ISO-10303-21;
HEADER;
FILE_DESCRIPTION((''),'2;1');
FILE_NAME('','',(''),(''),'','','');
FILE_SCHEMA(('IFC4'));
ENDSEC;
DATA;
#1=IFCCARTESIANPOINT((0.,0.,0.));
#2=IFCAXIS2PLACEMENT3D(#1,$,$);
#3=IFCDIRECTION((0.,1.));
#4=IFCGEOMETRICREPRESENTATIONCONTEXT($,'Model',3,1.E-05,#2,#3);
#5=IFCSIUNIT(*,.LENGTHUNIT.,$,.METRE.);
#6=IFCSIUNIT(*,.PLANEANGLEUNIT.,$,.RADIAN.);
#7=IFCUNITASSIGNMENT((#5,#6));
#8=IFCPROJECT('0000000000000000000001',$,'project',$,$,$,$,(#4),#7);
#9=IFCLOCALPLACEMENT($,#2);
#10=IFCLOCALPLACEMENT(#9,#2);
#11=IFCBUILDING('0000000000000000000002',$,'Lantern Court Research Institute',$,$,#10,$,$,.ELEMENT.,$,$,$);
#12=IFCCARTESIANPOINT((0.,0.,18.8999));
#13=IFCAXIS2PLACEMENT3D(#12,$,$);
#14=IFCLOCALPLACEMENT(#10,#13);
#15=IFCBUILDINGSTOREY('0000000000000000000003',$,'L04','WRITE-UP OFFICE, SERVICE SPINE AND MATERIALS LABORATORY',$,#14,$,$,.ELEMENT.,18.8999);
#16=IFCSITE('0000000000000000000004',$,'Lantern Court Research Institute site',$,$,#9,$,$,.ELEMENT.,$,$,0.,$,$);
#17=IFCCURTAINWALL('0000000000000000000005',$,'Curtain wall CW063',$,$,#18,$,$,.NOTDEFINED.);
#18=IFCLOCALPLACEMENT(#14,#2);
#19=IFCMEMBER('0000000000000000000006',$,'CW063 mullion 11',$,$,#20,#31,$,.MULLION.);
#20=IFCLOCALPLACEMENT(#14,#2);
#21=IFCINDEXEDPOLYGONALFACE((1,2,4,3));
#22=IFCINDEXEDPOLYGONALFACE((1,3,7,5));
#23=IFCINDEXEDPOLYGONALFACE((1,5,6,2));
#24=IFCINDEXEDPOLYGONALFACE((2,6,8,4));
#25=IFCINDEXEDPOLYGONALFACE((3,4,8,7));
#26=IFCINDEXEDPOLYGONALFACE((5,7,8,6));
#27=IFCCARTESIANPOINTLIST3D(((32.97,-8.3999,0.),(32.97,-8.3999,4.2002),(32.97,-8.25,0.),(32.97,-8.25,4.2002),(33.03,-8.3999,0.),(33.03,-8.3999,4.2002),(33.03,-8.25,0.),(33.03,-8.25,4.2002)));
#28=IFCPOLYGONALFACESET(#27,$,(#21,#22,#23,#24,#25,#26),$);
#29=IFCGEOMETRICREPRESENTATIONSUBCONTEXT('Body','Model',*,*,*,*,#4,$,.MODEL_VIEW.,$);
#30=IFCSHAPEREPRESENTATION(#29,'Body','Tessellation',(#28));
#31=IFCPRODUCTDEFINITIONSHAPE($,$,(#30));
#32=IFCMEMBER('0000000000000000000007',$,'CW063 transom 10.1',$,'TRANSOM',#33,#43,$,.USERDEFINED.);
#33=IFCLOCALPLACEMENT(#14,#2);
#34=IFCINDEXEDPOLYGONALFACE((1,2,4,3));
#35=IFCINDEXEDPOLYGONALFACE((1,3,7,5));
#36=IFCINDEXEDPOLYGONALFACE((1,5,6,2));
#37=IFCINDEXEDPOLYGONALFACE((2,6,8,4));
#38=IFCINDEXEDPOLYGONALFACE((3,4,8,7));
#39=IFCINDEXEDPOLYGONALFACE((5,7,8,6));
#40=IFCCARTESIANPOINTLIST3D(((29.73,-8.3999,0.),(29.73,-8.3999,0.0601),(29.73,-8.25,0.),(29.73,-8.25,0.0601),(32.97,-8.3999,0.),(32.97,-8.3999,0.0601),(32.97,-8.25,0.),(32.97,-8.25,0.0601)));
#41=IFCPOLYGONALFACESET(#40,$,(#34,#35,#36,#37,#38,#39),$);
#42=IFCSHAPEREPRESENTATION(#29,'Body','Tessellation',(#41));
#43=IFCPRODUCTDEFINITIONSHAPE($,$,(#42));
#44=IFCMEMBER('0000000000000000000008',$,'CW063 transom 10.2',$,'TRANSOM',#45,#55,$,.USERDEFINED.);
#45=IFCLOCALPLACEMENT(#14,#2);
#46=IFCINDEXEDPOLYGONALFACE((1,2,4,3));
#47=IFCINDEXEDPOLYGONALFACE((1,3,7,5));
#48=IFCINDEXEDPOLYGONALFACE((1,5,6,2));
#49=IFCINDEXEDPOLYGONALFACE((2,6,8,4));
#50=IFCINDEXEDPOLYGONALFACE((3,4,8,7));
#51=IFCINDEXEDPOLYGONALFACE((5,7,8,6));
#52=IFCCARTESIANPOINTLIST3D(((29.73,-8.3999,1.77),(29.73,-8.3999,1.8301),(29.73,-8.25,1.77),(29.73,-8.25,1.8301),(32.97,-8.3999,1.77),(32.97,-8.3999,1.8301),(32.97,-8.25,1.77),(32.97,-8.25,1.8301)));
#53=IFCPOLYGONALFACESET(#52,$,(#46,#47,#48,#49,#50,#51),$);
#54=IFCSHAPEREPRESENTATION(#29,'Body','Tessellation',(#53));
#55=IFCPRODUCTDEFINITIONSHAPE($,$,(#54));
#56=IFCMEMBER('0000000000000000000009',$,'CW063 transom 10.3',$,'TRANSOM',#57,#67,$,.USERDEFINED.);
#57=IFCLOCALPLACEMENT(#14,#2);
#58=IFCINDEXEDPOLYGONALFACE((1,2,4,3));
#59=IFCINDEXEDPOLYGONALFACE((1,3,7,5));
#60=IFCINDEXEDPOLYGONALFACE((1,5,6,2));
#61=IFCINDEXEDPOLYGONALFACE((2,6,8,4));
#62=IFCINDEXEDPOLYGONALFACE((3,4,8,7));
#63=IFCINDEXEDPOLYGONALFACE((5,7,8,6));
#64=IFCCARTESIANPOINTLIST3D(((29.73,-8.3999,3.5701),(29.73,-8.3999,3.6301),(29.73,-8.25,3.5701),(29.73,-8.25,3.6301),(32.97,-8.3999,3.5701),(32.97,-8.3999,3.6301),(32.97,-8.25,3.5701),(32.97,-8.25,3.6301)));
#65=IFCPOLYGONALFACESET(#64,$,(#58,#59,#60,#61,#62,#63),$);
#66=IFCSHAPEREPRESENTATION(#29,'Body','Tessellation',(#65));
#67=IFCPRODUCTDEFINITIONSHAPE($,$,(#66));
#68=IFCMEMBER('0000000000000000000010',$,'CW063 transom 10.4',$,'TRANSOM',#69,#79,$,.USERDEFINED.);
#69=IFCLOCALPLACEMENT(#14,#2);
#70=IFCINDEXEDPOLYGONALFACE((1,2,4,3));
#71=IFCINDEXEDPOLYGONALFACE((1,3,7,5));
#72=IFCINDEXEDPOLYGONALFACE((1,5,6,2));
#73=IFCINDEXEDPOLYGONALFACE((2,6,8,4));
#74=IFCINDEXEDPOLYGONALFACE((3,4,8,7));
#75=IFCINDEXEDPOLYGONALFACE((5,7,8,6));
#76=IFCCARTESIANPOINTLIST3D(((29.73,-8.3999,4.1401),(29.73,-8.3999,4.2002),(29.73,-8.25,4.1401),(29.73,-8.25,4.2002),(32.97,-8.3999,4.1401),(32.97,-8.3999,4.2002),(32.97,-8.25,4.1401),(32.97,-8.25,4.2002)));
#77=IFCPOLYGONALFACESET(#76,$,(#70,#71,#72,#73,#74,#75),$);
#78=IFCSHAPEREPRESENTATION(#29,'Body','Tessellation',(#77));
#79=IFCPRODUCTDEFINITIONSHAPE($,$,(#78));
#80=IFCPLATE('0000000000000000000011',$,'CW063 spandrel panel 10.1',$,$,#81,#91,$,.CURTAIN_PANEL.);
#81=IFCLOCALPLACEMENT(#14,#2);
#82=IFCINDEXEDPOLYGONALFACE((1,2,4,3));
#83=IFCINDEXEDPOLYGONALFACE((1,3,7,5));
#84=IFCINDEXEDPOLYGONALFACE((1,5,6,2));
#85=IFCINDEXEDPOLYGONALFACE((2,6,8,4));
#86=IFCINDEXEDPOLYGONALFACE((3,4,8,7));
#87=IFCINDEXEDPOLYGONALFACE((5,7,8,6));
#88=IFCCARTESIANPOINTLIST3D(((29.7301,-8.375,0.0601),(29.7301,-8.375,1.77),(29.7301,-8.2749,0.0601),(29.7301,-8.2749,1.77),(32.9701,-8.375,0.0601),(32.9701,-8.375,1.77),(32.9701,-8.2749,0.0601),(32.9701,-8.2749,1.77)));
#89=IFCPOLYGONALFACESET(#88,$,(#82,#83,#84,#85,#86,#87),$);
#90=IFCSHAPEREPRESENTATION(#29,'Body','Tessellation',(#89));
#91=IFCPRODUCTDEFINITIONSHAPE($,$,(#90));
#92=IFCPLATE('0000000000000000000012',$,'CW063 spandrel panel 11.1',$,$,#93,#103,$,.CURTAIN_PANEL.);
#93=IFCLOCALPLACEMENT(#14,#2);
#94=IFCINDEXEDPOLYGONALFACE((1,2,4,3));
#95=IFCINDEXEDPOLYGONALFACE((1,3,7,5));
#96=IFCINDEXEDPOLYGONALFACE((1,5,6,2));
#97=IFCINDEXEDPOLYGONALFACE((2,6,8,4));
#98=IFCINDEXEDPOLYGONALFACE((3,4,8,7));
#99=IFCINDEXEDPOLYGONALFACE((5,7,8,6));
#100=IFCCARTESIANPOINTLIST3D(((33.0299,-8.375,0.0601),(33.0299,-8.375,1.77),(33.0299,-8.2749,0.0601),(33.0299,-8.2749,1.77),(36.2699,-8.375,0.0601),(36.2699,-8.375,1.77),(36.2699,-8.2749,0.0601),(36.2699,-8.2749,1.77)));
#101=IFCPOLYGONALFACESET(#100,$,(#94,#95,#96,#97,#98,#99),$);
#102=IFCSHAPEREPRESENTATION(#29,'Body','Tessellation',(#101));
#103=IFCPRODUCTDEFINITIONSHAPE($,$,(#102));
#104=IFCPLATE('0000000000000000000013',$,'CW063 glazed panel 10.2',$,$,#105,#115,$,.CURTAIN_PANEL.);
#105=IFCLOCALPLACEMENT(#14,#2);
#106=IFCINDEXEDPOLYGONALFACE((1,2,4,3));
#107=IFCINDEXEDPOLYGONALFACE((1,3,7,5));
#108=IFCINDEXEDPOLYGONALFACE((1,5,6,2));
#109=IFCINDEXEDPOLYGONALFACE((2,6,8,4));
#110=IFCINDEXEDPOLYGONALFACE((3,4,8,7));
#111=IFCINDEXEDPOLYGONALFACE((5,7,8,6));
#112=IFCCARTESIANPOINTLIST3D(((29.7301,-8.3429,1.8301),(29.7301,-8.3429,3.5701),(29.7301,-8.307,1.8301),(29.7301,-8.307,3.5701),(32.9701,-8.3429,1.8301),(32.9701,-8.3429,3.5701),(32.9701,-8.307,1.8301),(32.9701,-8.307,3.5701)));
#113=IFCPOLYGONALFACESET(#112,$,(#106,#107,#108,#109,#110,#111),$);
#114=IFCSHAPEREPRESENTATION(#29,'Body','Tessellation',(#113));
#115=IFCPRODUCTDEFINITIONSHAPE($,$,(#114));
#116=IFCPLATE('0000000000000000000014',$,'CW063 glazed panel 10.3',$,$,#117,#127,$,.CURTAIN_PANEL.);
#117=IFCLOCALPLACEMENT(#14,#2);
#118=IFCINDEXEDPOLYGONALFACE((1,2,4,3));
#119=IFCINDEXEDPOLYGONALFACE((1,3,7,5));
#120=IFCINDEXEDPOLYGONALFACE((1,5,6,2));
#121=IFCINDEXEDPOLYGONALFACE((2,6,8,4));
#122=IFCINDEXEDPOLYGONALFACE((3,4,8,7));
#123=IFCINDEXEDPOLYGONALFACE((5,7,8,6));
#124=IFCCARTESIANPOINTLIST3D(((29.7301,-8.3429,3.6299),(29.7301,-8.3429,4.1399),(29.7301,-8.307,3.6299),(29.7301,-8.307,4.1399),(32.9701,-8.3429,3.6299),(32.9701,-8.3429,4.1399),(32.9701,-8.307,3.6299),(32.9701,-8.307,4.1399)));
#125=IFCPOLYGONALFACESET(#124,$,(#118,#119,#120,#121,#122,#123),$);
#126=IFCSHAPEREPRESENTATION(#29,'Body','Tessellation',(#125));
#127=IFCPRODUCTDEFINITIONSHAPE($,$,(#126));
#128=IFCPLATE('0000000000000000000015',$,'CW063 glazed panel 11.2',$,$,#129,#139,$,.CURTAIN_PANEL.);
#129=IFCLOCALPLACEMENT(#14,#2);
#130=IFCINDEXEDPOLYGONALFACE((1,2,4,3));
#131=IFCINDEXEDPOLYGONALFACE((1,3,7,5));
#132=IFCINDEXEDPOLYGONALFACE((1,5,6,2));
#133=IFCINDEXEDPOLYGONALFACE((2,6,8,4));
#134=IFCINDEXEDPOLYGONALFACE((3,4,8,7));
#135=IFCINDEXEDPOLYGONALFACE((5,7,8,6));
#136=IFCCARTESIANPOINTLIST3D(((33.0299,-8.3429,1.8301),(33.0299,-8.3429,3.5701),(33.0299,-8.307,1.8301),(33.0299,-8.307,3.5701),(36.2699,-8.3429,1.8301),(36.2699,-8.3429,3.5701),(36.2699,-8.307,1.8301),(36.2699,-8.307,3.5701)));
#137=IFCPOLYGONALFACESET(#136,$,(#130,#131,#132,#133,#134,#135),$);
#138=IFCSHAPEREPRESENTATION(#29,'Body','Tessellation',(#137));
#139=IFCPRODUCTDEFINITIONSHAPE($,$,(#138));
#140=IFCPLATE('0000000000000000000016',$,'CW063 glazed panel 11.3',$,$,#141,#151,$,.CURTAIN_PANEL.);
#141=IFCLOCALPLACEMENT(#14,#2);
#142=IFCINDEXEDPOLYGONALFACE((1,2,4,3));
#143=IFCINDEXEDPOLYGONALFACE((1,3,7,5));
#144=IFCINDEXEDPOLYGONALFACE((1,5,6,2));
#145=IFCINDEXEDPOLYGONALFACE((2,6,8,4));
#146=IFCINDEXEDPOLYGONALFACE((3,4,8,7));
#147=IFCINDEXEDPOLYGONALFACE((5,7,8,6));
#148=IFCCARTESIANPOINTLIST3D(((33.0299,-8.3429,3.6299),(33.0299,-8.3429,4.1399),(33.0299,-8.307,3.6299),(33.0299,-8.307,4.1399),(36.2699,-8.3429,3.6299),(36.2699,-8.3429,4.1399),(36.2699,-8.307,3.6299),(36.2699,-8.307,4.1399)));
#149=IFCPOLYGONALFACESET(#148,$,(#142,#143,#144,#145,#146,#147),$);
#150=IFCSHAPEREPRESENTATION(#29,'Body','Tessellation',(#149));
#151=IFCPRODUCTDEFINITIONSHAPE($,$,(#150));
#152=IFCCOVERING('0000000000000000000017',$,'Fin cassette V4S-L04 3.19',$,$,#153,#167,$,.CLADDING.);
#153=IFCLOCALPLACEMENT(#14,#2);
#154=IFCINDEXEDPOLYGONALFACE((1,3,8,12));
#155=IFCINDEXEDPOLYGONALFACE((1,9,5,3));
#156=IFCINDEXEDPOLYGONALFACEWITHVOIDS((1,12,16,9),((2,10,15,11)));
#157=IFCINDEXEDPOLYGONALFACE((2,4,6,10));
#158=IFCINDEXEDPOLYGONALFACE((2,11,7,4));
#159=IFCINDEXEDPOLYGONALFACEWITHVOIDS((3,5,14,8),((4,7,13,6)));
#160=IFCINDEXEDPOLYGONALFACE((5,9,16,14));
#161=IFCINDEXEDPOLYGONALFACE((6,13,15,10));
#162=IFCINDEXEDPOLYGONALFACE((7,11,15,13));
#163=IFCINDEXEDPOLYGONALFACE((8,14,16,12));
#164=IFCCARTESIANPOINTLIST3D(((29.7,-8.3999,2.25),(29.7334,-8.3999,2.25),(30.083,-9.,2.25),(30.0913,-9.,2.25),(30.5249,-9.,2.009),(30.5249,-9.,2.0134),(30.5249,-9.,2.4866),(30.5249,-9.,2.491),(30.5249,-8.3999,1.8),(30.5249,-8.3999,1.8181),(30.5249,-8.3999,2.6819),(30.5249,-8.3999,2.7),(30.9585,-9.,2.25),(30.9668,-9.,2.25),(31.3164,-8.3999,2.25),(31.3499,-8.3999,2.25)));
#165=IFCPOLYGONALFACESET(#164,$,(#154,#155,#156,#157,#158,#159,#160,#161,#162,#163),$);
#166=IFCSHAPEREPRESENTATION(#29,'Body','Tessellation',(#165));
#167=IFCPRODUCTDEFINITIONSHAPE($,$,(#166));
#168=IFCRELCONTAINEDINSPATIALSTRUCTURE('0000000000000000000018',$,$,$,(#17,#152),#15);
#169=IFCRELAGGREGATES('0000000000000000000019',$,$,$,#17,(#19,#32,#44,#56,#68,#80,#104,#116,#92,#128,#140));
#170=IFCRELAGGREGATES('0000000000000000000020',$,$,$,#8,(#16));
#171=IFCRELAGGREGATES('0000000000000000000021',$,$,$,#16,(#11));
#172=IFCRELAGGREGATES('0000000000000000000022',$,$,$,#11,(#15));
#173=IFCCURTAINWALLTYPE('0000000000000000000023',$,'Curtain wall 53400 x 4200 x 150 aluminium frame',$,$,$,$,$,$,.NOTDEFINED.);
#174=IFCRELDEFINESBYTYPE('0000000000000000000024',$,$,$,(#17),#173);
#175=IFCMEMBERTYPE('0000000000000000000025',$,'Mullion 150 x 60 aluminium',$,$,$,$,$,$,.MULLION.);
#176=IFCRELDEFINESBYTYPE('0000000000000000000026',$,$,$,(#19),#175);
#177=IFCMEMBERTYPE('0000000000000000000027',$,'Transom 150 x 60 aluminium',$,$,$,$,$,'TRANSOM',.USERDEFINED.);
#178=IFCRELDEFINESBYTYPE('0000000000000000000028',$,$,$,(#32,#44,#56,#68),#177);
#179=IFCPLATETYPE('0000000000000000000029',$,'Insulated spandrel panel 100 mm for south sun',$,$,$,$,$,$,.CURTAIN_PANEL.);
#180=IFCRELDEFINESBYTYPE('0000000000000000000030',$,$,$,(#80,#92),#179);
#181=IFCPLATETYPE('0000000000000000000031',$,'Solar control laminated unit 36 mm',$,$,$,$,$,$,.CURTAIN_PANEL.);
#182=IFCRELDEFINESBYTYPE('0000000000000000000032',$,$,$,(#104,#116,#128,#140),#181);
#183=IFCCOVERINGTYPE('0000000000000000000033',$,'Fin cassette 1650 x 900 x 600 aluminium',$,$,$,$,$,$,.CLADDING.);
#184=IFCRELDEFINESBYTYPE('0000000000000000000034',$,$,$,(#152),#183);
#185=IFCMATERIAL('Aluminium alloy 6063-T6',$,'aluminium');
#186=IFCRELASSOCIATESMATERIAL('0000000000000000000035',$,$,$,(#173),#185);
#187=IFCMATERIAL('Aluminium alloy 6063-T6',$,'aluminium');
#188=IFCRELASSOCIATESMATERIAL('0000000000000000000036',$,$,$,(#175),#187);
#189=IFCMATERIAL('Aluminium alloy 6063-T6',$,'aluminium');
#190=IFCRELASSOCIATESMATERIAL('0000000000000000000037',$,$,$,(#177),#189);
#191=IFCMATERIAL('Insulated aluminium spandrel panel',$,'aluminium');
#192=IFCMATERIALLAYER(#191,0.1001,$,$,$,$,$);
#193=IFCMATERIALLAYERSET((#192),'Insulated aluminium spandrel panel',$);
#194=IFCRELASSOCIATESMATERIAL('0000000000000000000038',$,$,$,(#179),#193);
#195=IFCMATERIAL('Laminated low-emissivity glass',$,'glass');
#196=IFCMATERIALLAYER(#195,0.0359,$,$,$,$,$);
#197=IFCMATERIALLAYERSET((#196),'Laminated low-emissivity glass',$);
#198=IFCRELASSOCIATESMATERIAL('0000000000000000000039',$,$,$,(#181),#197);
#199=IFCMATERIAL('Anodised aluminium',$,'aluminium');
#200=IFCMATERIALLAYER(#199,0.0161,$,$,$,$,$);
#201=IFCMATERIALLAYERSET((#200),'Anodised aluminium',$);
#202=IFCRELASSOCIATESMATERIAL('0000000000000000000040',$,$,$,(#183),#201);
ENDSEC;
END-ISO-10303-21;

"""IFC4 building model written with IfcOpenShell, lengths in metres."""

from ifc_helpers import new_model, entity, si_unit, direction, frame, origin, origin_2d, place, context, subcontext, project, spatial, rectangle, extrude, material, layer, layer_set, material_profile, profile_set, type_object, element, aggregate, save


model = new_model("IFC4")

# Units and contexts
model_context = context("Model", 3, precision=1e-05, world=origin(), true_north=direction((0.0, 1.0)))
body_context = subcontext(model_context, "Body", "Model", "MODEL_VIEW")
ifc_project = project(units=[si_unit("LENGTHUNIT", "METRE"), si_unit("PLANEANGLEUNIT", "RADIAN")], contexts=[model_context])

# Site, building, storey
site_placement = place(None, origin())
site = spatial("IfcSite", under=ifc_project, at=site_placement, Name="Lantern Court Research Institute site", CompositionType="ELEMENT", RefElevation=0.0)
building_placement = place(site_placement, origin())
building = spatial("IfcBuilding", under=site, at=building_placement, Name="Lantern Court Research Institute", CompositionType="ELEMENT")
storey_placement = place(building_placement, frame((0.0, 0.0, 18.8999)))
storey = spatial("IfcBuildingStorey", under=building, at=storey_placement, Name="L04", Description="WRITE-UP OFFICE, SERVICE SPINE AND MATERIALS LABORATORY", CompositionType="ELEMENT", Elevation=18.8999)

# Curtain wall, members, plates
ifc_material_1 = material(Name="Aluminium alloy 6063-T6", Category="aluminium")
curtain_wall_type = type_object("IfcCurtainWallType", Name="Curtain wall 53400 x 4200 x 150 aluminium frame", PredefinedType="NOTDEFINED", material=ifc_material_1)
curtain_wall_placement = place(storey_placement, origin())
curtain_wall = element("IfcCurtainWall", 1, at=curtain_wall_placement, inside=storey, type_object=curtain_wall_type, Name="Curtain wall CW063", PredefinedType="NOTDEFINED")
ifc_material_2 = material(Name="Aluminium alloy 6063-T6", Category="aluminium")
ifc_material_profile_1 = material_profile(ifc_material_2, rectangle(XDim=0.1499, YDim=0.0601, at=origin_2d()), Name="Mullion 150 x 60")
ifc_profile_set_1 = profile_set([ifc_material_profile_1], Name="Aluminium alloy 6063-T6")
member_type_1 = type_object("IfcMemberType", Name="Mullion 150 x 60 aluminium", PredefinedType="MULLION", material=ifc_profile_set_1)
member_1_placement = place(storey_placement, frame((33.0, -8.325, 0.0), z_axis=(0.0, 0.0, 1.0), x_axis=(0.0, -1.0, 0.0)))
member_1 = element("IfcMember", 2, at=member_1_placement, type_object=member_type_1, Name="CW063 mullion 11", PredefinedType="MULLION", context=body_context, shape_type="SweptSolid", body=[
    extrude(rectangle(XDim=0.1499, YDim=0.0601, at=origin_2d()), origin(), (0.0, 0.0, 1.0), 4.2002),
])
ifc_material_3 = material(Name="Aluminium alloy 6063-T6", Category="aluminium")
ifc_material_profile_2 = material_profile(ifc_material_3, rectangle(XDim=0.1499, YDim=0.0601, at=origin_2d()), Name="Transom 150 x 60")
ifc_profile_set_2 = profile_set([ifc_material_profile_2], Name="Aluminium alloy 6063-T6")
member_type_2 = type_object("IfcMemberType", Name="Transom 150 x 60 aluminium", ElementType="TRANSOM", PredefinedType="USERDEFINED", material=ifc_profile_set_2)
member_2_placement = place(storey_placement, frame((32.97, -8.325, 0.03), z_axis=(-1.0, 0.0, 0.0), x_axis=(0.0, -1.0, 0.0)))
member_2 = element("IfcMember", 3, at=member_2_placement, type_object=member_type_2, Name="CW063 transom 10.1", ObjectType="TRANSOM", PredefinedType="USERDEFINED", context=body_context, shape_type="SweptSolid", body=[
    extrude(rectangle(XDim=0.1499, YDim=0.0601, at=origin_2d()), origin(), (0.0, 0.0, 1.0), 3.24),
])
member_3_placement = place(storey_placement, frame((32.97, -8.325, 1.8), z_axis=(-1.0, 0.0, 0.0), x_axis=(0.0, -1.0, 0.0)))
member_3 = element("IfcMember", 4, at=member_3_placement, type_object=member_type_2, Name="CW063 transom 10.2", ObjectType="TRANSOM", PredefinedType="USERDEFINED", context=body_context, shape_type="SweptSolid", body=[
    extrude(rectangle(XDim=0.1499, YDim=0.0601, at=origin_2d()), origin(), (0.0, 0.0, 1.0), 3.24),
])
member_4_placement = place(storey_placement, frame((32.97, -8.325, 3.6001), z_axis=(-1.0, 0.0, 0.0), x_axis=(0.0, -1.0, 0.0)))
member_4 = element("IfcMember", 5, at=member_4_placement, type_object=member_type_2, Name="CW063 transom 10.3", ObjectType="TRANSOM", PredefinedType="USERDEFINED", context=body_context, shape_type="SweptSolid", body=[
    extrude(rectangle(XDim=0.1499, YDim=0.0601, at=origin_2d()), origin(), (0.0, 0.0, 1.0), 3.24),
])
member_5_placement = place(storey_placement, frame((32.97, -8.325, 4.1702), z_axis=(-1.0, 0.0, 0.0), x_axis=(0.0, -1.0, 0.0)))
member_5 = element("IfcMember", 6, at=member_5_placement, type_object=member_type_2, Name="CW063 transom 10.4", ObjectType="TRANSOM", PredefinedType="USERDEFINED", context=body_context, shape_type="SweptSolid", body=[
    extrude(rectangle(XDim=0.1499, YDim=0.0601, at=origin_2d()), origin(), (0.0, 0.0, 1.0), 3.24),
])
ifc_material_4 = material(Name="Insulated aluminium spandrel panel", Category="aluminium")
ifc_layer_1 = layer(ifc_material_4, 0.1001)
ifc_layer_set_1 = layer_set([ifc_layer_1], Name="Insulated aluminium spandrel panel")
plate_type_1 = type_object("IfcPlateType", Name="Insulated spandrel panel 100 mm for south sun", PredefinedType="CURTAIN_PANEL", material=ifc_layer_set_1)
plate_1_placement = place(storey_placement, frame((31.3501, -8.325, 0.0601), z_axis=(0.0, 0.0, 1.0), x_axis=(-1.0, 0.0, 0.0)))
plate_1 = element("IfcPlate", 7, at=plate_1_placement, type_object=plate_type_1, Name="CW063 spandrel panel 10.1", PredefinedType="CURTAIN_PANEL", context=body_context, shape_type="SweptSolid", body=[
    extrude(rectangle(XDim=3.24, YDim=0.1001, at=origin_2d()), origin(), (0.0, 0.0, 1.0), 1.71),
])
plate_2_placement = place(storey_placement, frame((34.6499, -8.325, 0.0601), z_axis=(0.0, 0.0, 1.0), x_axis=(-1.0, 0.0, 0.0)))
plate_2 = element("IfcPlate", 8, at=plate_2_placement, type_object=plate_type_1, Name="CW063 spandrel panel 11.1", PredefinedType="CURTAIN_PANEL", context=body_context, shape_type="SweptSolid", body=[
    extrude(rectangle(XDim=3.24, YDim=0.1001, at=origin_2d()), origin(), (0.0, 0.0, 1.0), 1.71),
])
ifc_material_5 = material(Name="Laminated low-emissivity glass", Category="glass")
ifc_layer_2 = layer(ifc_material_5, 0.0359)
ifc_layer_set_2 = layer_set([ifc_layer_2], Name="Laminated low-emissivity glass")
plate_type_2 = type_object("IfcPlateType", Name="Solar control laminated unit 36 mm", PredefinedType="CURTAIN_PANEL", material=ifc_layer_set_2)
plate_3_placement = place(storey_placement, frame((31.3501, -8.325, 1.8301), z_axis=(0.0, 0.0, 1.0), x_axis=(-1.0, 0.0, 0.0)))
plate_3 = element("IfcPlate", 9, at=plate_3_placement, type_object=plate_type_2, Name="CW063 glazed panel 10.2", PredefinedType="CURTAIN_PANEL", context=body_context, shape_type="SweptSolid", body=[
    extrude(rectangle(XDim=3.24, YDim=0.0359, at=origin_2d()), origin(), (0.0, 0.0, 1.0), 1.74),
])
plate_4_placement = place(storey_placement, frame((31.3501, -8.325, 3.6299), z_axis=(0.0, 0.0, 1.0), x_axis=(-1.0, 0.0, 0.0)))
plate_4 = element("IfcPlate", 10, at=plate_4_placement, type_object=plate_type_2, Name="CW063 glazed panel 10.3", PredefinedType="CURTAIN_PANEL", context=body_context, shape_type="SweptSolid", body=[
    extrude(rectangle(XDim=3.24, YDim=0.0359, at=origin_2d()), origin(), (0.0, 0.0, 1.0), 0.51),
])
plate_5_placement = place(storey_placement, frame((34.6499, -8.325, 1.8301), z_axis=(0.0, 0.0, 1.0), x_axis=(-1.0, 0.0, 0.0)))
plate_5 = element("IfcPlate", 11, at=plate_5_placement, type_object=plate_type_2, Name="CW063 glazed panel 11.2", PredefinedType="CURTAIN_PANEL", context=body_context, shape_type="SweptSolid", body=[
    extrude(rectangle(XDim=3.24, YDim=0.0359, at=origin_2d()), origin(), (0.0, 0.0, 1.0), 1.74),
])
plate_6_placement = place(storey_placement, frame((34.6499, -8.325, 3.6299), z_axis=(0.0, 0.0, 1.0), x_axis=(-1.0, 0.0, 0.0)))
plate_6 = element("IfcPlate", 12, at=plate_6_placement, type_object=plate_type_2, Name="CW063 glazed panel 11.3", PredefinedType="CURTAIN_PANEL", context=body_context, shape_type="SweptSolid", body=[
    extrude(rectangle(XDim=3.24, YDim=0.0359, at=origin_2d()), origin(), (0.0, 0.0, 1.0), 0.51),
])
aggregate(curtain_wall, [member_1, member_2, member_3, member_4, member_5, plate_1, plate_3, plate_4, plate_2, plate_5, plate_6])

# Covering
ifc_material_6 = material(Name="Anodised aluminium", Category="aluminium")
ifc_layer_3 = layer(ifc_material_6, 0.0161)
ifc_layer_set_3 = layer_set([ifc_layer_3], Name="Anodised aluminium")
covering_type = type_object("IfcCoveringType", Name="Fin cassette 1650 x 900 x 600 aluminium", PredefinedType="CLADDING", material=ifc_layer_set_3)
covering_1_placement = place(storey_placement, frame((30.5249, -8.3999, 2.25), z_axis=(0.0, -1.0, 0.0), x_axis=(1.0, 0.0, 0.0)))
cartesian_point_1 = entity("IfcCartesianPoint", [0.825, 0.0])
cartesian_point_2 = entity("IfcCartesianPoint", [0.7915, 0.0])
cartesian_point_3 = entity("IfcCartesianPoint", [0.4419, 0.0])
cartesian_point_4 = entity("IfcCartesianPoint", [0.4336, 0.0])
element("IfcCovering", 13, at=covering_1_placement, inside=storey, type_object=covering_type, Name="Fin cassette V4S-L04 3.19", PredefinedType="CLADDING", context=body_context, shape_type="SweptSolid", body=[
    entity("IfcExtrudedAreaSolidTapered", entity("IfcArbitraryProfileDefWithVoids", "AREA", None, entity("IfcPolyline", [cartesian_point_1, entity("IfcCartesianPoint", [0.0, 0.45]), entity("IfcCartesianPoint", [-0.825, 0.0]), entity("IfcCartesianPoint", [0.0, -0.45]), cartesian_point_1]), [entity("IfcPolyline", [cartesian_point_2, entity("IfcCartesianPoint", [0.0, 0.4319]), entity("IfcCartesianPoint", [-0.7915, 0.0]), entity("IfcCartesianPoint", [0.0, -0.4319]), cartesian_point_2])]), entity("IfcAxis2Placement3D", entity("IfcCartesianPoint", [0.0, 0.0, 0.0])), entity("IfcDirection", [0.0, 0.0, 1.0]), 0.6001, entity("IfcArbitraryProfileDefWithVoids", "AREA", None, entity("IfcPolyline", [cartesian_point_3, entity("IfcCartesianPoint", [0.0, 0.241]), entity("IfcCartesianPoint", [-0.4419, 0.0]), entity("IfcCartesianPoint", [0.0, -0.241]), cartesian_point_3]), [entity("IfcPolyline", [cartesian_point_4, entity("IfcCartesianPoint", [0.0, 0.2366]), entity("IfcCartesianPoint", [-0.4336, 0.0]), entity("IfcCartesianPoint", [0.0, -0.2366]), cartesian_point_4])])),
])

save(model, "model.ifc")
